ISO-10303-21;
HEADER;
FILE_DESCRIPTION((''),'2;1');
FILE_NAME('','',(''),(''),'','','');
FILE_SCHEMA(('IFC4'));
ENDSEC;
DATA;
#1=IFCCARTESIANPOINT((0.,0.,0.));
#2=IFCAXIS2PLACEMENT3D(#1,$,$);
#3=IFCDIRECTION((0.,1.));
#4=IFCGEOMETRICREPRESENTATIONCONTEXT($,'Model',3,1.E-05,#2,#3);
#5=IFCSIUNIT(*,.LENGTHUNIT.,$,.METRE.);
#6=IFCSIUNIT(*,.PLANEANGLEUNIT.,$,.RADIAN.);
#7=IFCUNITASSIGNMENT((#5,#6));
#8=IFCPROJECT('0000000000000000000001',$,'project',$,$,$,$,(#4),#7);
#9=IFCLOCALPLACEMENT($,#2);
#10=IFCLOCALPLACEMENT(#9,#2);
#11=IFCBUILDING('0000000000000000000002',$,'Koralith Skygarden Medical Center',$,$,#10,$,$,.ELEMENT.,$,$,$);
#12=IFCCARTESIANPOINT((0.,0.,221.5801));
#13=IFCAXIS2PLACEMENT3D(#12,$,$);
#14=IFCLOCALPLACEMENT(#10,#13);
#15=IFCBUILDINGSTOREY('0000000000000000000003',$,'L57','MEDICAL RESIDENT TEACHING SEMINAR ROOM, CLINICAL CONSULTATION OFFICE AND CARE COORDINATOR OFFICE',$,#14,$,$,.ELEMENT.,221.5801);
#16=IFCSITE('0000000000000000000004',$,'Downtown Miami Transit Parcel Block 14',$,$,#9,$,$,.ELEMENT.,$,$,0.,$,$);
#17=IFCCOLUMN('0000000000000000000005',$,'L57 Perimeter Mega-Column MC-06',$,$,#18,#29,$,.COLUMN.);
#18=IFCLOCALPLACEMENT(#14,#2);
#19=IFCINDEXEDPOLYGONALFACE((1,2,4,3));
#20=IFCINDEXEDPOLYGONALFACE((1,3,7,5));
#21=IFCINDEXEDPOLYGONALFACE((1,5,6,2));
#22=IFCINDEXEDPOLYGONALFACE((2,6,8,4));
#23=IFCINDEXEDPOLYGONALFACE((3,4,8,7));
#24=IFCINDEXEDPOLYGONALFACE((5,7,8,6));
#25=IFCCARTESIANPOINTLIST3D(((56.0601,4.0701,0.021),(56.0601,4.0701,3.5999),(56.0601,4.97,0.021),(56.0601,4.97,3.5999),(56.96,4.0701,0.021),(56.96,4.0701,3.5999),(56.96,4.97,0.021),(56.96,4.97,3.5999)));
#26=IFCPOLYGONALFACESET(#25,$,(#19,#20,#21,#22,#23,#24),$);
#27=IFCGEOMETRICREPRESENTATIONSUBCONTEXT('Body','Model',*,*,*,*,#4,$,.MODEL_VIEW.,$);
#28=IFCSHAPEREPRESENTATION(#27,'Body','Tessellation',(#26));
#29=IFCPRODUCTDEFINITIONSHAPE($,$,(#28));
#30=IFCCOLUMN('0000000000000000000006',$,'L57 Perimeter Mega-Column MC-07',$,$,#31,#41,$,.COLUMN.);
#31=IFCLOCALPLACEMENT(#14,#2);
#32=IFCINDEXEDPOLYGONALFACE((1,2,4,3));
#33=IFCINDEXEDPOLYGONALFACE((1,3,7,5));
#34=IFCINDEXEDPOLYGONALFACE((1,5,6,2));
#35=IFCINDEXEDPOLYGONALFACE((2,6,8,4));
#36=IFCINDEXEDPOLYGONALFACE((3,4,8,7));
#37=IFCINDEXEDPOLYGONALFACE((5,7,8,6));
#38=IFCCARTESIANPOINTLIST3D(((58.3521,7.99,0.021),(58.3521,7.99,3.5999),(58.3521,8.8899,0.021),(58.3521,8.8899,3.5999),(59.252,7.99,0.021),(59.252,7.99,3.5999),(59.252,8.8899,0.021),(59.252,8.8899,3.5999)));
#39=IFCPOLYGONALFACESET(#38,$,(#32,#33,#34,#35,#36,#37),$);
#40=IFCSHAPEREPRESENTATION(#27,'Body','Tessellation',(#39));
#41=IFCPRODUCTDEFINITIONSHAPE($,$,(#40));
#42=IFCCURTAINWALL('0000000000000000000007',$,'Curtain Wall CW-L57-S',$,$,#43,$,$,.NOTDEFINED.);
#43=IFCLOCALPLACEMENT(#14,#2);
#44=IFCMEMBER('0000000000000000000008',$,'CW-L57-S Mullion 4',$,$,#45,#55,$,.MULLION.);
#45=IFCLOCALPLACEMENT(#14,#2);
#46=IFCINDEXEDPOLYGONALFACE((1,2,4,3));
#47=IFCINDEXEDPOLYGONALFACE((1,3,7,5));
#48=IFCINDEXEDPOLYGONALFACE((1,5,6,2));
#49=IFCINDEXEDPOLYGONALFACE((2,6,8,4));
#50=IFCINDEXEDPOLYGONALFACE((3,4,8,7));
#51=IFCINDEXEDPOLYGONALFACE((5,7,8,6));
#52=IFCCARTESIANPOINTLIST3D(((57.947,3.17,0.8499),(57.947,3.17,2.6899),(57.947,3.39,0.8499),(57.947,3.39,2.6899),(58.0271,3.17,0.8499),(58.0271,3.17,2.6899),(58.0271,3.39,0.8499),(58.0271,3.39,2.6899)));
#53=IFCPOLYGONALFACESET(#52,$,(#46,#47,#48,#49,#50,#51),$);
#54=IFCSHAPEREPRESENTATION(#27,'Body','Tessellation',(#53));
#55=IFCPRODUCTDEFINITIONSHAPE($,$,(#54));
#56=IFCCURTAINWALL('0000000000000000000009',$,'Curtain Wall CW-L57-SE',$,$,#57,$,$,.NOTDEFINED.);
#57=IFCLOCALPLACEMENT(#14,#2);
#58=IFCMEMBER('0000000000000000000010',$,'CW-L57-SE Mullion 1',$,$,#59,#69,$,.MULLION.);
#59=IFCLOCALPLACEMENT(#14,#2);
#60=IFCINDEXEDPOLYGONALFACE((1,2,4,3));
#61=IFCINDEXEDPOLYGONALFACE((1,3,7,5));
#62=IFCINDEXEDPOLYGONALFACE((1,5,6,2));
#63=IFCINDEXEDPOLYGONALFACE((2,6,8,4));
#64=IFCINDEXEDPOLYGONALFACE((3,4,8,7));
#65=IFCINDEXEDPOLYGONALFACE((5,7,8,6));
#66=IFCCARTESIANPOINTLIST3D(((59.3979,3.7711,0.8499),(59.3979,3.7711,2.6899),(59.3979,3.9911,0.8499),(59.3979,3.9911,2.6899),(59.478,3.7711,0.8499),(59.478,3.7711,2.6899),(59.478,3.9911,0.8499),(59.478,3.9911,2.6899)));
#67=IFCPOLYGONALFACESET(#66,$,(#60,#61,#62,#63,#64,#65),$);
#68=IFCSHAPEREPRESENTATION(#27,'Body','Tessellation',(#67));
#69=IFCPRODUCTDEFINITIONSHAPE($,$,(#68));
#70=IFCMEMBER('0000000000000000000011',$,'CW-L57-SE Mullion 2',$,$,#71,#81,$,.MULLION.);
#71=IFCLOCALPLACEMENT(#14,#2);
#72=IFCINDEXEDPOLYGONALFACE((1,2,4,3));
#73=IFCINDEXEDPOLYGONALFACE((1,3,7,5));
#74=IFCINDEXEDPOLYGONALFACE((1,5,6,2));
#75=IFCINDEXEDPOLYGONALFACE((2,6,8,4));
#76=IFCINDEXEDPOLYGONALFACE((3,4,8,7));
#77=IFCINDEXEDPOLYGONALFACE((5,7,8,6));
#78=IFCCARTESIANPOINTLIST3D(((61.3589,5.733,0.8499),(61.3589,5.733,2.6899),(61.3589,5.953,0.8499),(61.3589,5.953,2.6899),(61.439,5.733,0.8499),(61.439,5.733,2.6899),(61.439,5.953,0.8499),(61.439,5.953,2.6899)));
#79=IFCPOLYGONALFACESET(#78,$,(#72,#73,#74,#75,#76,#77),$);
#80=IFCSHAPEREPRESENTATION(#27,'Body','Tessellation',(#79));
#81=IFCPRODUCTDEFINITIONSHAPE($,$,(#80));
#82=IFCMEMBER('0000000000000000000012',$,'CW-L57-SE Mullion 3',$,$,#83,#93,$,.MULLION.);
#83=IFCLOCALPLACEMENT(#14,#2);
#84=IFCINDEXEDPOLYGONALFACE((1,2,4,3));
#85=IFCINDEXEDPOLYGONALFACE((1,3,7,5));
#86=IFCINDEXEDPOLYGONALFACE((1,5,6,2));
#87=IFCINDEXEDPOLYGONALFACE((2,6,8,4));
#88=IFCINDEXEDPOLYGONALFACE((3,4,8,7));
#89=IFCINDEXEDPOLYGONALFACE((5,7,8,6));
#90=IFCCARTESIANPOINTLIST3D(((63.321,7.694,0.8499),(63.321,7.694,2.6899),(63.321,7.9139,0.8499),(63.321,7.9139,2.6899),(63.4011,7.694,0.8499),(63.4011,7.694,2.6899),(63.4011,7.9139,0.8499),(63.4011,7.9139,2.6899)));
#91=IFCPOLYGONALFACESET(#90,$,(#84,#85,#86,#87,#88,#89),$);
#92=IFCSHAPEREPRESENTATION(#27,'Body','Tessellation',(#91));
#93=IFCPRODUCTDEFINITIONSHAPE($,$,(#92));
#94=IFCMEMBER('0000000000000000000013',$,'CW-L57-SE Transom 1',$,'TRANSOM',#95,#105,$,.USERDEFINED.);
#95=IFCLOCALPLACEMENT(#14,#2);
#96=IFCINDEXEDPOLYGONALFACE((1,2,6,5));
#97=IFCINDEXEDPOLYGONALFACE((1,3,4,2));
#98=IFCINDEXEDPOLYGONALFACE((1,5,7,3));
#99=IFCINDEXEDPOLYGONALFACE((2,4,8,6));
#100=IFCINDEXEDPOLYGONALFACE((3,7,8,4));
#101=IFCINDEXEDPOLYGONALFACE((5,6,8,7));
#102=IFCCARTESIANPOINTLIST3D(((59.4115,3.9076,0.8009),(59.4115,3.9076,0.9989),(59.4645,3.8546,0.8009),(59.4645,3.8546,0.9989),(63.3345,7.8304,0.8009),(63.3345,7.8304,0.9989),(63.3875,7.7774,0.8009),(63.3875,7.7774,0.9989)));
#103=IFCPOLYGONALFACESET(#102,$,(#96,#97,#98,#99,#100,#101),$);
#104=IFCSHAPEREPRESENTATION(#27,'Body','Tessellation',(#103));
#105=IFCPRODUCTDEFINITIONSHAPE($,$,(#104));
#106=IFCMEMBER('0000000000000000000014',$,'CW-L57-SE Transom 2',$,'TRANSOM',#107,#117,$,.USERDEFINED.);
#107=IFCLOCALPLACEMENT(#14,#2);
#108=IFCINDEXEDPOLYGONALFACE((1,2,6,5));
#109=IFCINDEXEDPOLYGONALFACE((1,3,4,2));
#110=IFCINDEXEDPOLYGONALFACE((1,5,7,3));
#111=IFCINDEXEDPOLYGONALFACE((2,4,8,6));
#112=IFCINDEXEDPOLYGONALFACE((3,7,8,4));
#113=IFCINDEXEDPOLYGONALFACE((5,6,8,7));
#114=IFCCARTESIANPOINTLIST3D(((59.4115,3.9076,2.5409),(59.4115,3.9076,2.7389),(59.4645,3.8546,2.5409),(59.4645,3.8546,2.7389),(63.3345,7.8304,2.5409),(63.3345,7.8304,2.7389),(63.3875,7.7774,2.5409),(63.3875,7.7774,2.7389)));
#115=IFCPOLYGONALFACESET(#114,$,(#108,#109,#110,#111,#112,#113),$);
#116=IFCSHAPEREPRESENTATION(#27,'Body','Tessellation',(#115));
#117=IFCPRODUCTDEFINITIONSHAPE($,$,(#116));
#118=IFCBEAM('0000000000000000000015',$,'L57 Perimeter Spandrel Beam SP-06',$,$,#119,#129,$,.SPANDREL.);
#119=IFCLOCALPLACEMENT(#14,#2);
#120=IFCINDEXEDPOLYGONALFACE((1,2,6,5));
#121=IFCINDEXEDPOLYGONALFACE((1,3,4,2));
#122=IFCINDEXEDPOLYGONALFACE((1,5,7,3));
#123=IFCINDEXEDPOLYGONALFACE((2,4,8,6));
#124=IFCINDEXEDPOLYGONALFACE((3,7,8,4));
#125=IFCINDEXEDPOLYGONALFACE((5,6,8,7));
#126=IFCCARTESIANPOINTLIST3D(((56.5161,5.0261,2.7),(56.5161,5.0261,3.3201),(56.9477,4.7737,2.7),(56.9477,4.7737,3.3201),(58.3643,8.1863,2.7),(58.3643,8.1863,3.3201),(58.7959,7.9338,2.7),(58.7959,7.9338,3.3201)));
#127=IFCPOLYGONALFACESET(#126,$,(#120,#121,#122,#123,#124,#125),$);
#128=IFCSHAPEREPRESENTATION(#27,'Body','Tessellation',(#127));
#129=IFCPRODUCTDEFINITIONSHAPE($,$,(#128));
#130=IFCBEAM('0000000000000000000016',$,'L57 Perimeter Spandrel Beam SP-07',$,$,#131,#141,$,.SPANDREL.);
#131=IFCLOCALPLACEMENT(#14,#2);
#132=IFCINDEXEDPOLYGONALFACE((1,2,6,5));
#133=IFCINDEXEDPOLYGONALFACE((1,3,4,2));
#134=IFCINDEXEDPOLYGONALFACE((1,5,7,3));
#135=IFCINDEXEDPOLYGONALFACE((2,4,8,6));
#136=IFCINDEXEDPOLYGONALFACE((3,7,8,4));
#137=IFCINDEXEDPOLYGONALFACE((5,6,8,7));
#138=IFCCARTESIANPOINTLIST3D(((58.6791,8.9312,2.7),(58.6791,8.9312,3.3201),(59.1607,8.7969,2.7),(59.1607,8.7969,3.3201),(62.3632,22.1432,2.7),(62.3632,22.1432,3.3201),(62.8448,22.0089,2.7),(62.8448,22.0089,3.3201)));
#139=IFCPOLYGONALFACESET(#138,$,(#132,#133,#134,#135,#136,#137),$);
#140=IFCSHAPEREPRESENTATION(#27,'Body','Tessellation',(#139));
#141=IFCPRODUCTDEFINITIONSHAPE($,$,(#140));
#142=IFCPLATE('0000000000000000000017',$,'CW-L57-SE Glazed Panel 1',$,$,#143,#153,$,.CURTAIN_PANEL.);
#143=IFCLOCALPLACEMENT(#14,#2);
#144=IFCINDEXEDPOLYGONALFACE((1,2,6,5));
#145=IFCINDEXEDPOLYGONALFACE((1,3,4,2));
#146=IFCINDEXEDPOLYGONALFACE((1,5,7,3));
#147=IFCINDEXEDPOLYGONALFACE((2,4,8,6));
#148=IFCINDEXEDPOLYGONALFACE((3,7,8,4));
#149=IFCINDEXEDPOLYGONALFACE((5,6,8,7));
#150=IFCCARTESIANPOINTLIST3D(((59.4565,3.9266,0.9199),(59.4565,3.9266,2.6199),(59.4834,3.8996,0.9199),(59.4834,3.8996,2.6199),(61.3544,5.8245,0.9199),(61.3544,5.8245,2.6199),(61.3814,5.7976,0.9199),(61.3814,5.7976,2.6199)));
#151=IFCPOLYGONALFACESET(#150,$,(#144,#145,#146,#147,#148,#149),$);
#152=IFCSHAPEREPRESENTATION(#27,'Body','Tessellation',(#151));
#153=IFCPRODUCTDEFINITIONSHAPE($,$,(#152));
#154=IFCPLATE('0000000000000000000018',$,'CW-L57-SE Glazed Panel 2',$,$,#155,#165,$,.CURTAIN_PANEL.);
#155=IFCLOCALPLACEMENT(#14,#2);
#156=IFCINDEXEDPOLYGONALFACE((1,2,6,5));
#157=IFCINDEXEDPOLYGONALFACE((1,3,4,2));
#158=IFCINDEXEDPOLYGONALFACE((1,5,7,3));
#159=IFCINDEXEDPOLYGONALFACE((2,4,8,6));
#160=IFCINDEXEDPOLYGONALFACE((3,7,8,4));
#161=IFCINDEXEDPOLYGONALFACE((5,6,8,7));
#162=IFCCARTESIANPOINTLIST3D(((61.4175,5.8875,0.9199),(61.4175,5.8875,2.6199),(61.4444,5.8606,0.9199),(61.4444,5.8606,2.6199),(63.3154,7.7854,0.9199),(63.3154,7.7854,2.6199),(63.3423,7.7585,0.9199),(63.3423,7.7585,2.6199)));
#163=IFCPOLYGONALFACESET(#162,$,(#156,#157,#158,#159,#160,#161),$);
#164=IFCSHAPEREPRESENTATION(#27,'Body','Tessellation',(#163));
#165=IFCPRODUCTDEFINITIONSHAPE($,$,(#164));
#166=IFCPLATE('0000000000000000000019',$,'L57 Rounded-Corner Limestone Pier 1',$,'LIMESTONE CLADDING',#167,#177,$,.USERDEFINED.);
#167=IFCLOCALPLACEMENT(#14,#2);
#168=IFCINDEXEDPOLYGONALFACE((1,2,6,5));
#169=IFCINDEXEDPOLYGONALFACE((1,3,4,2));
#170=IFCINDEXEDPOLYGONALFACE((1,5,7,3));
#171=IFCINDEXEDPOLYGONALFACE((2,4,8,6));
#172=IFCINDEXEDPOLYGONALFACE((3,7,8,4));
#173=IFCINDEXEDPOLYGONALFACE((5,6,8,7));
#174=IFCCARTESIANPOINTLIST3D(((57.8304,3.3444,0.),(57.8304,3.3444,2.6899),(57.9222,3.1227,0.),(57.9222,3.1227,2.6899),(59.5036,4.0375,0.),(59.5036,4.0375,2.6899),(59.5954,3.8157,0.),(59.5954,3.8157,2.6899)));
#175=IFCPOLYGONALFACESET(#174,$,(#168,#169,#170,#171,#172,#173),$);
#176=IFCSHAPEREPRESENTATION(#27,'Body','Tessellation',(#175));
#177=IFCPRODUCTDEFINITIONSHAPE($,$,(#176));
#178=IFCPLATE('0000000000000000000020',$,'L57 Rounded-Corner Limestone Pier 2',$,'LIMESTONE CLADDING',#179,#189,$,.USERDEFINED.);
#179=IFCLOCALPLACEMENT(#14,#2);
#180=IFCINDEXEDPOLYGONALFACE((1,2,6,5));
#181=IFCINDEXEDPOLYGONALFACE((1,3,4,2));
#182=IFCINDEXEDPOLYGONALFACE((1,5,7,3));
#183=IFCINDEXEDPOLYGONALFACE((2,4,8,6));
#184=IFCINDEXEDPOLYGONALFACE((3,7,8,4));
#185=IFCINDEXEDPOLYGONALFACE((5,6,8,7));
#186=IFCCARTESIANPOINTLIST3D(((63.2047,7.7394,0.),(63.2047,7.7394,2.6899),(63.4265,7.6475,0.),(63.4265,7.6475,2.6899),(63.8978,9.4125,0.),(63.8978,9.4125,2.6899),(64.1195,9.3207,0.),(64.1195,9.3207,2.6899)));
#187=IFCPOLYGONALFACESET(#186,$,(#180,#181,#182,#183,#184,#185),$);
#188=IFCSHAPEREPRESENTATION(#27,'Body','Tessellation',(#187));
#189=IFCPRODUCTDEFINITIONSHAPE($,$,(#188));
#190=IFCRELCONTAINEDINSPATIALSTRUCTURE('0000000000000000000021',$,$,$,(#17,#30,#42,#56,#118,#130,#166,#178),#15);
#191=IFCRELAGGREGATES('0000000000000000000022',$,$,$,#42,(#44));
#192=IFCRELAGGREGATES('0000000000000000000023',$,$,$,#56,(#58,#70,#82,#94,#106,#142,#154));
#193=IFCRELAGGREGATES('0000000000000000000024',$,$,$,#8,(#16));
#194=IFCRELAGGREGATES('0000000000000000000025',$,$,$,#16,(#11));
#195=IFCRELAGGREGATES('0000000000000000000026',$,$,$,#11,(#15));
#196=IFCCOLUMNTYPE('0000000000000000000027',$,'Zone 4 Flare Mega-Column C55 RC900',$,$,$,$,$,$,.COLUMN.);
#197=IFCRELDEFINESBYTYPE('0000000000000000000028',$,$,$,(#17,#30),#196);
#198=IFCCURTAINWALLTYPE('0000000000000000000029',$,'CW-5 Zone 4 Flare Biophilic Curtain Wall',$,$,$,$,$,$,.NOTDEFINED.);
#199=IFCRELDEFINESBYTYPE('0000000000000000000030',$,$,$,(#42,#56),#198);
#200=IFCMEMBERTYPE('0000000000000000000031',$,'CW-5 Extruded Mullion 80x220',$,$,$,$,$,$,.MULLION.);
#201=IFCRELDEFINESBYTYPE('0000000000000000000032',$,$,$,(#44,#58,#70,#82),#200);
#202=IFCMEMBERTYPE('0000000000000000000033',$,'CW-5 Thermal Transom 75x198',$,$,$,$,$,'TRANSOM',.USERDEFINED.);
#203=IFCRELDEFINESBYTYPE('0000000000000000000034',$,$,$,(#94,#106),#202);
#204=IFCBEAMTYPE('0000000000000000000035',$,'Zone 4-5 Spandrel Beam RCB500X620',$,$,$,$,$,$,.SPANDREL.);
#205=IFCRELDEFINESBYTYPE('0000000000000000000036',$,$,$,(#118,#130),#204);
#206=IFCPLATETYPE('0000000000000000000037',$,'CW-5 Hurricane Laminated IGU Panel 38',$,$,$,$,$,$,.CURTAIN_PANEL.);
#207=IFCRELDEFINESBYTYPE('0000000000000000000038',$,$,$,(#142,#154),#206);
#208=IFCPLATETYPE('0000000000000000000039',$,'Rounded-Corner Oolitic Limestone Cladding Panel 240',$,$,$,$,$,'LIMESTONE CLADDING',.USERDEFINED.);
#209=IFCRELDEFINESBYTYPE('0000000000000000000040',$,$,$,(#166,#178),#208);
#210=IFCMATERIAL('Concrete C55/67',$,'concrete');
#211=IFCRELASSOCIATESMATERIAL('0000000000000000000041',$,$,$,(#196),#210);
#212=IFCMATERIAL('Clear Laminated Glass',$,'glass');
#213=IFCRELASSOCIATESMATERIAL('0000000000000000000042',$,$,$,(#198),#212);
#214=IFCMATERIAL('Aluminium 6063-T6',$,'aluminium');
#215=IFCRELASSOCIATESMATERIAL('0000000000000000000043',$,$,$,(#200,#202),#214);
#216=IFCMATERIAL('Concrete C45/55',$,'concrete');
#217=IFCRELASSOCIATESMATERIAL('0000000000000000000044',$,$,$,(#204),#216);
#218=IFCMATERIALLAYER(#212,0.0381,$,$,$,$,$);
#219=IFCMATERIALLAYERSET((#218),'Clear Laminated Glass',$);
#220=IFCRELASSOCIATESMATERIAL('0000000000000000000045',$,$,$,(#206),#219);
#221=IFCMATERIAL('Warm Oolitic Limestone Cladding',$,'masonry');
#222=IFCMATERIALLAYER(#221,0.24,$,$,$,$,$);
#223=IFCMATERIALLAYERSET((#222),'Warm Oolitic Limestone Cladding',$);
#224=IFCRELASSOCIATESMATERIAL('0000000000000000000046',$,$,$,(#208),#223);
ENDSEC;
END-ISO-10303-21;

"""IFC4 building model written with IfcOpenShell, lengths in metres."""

from ifc_helpers import new_model, si_unit, direction, frame, origin, origin_2d, place, context, subcontext, project, spatial, rectangle, extrude, material, layer, layer_set, material_profile, profile_set, type_object, element, aggregate, save


model = new_model("IFC4")

# Units and contexts
model_context = context("Model", 3, precision=1e-05, world=origin(), true_north=direction((0.0, 1.0)))
body_context = subcontext(model_context, "Body", "Model", "MODEL_VIEW")
ifc_project = project(units=[si_unit("LENGTHUNIT", "METRE"), si_unit("PLANEANGLEUNIT", "RADIAN")], contexts=[model_context])

# Site, building, storey
site_placement = place(None, origin())
site = spatial("IfcSite", under=ifc_project, at=site_placement, Name="Downtown Miami Transit Parcel Block 14", CompositionType="ELEMENT", RefElevation=0.0)
building_placement = place(site_placement, origin())
building = spatial("IfcBuilding", under=site, at=building_placement, Name="Koralith Skygarden Medical Center", CompositionType="ELEMENT")
storey_placement = place(building_placement, frame((0.0, 0.0, 221.5801)))
storey = spatial("IfcBuildingStorey", under=building, at=storey_placement, Name="L57", Description="MEDICAL RESIDENT TEACHING SEMINAR ROOM, CLINICAL CONSULTATION OFFICE AND CARE COORDINATOR OFFICE", CompositionType="ELEMENT", Elevation=221.5801)

# Columns
ifc_material_1 = material(Name="Concrete C55/67", Category="concrete")
ifc_material_profile_1 = material_profile(ifc_material_1, rectangle(XDim=0.8999, YDim=0.8999, at=origin_2d()), Name="RC900X900")
ifc_profile_set_1 = profile_set([ifc_material_profile_1], Name="Concrete C55/67")
column_type = type_object("IfcColumnType", Name="Zone 4 Flare Mega-Column C55 RC900", PredefinedType="COLUMN", material=ifc_profile_set_1)
for number, where, z_axis, x_axis, name in (
    (1, (56.51, 4.52, 0.021), (0.0, 0.0, 1.0), (1.0, 0.0, 0.0), "L57 Perimeter Mega-Column MC-06"),
    (2, (58.802, 8.4399, 0.021), (0.0, 0.0, 1.0), (1.0, 0.0, 0.0), "L57 Perimeter Mega-Column MC-07"),
):
    element("IfcColumn", number, at=place(storey_placement, frame(where, z_axis=z_axis, x_axis=x_axis)), inside=storey, type_object=column_type, Name=name, PredefinedType="COLUMN", context=body_context, shape_type="SweptSolid", body=[
        extrude(rectangle(XDim=0.8999, YDim=0.8999, at=origin_2d()), origin(), (0.0, 0.0, 1.0), 3.5789),
    ])

# Curtain wall, member
ifc_material_2 = material(Name="Clear Laminated Glass", Category="glass")
curtain_wall_type = type_object("IfcCurtainWallType", Name="CW-5 Zone 4 Flare Biophilic Curtain Wall", PredefinedType="NOTDEFINED", material=ifc_material_2)
curtain_wall_1_placement = place(storey_placement, origin())
curtain_wall_1 = element("IfcCurtainWall", 3, at=curtain_wall_1_placement, inside=storey, type_object=curtain_wall_type, Name="Curtain Wall CW-L57-S", PredefinedType="NOTDEFINED")
ifc_material_3 = material(Name="Aluminium 6063-T6", Category="aluminium")
ifc_material_profile_2 = material_profile(ifc_material_3, rectangle(XDim=0.0801, YDim=0.22, at=origin_2d()), Name="MUL80X220")
ifc_profile_set_2 = profile_set([ifc_material_profile_2], Name="Aluminium 6063-T6")
member_type_1 = type_object("IfcMemberType", Name="CW-5 Extruded Mullion 80x220", PredefinedType="MULLION", material=ifc_profile_set_2)
member_1_placement = place(storey_placement, frame((57.9871, 3.28, 0.8499), z_axis=(0.0, 0.0, 1.0), x_axis=(1.0, 0.0, 0.0)))
member_1 = element("IfcMember", 4, at=member_1_placement, type_object=member_type_1, Name="CW-L57-S Mullion 4", PredefinedType="MULLION", context=body_context, shape_type="SweptSolid", body=[
    extrude(rectangle(XDim=0.0801, YDim=0.22, at=origin_2d()), origin(), (0.0, 0.0, 1.0), 1.8401),
])
aggregate(curtain_wall_1, [member_1])

# Curtain wall, members
curtain_wall_2_placement = place(storey_placement, origin())
curtain_wall_2 = element("IfcCurtainWall", 5, at=curtain_wall_2_placement, inside=storey, type_object=curtain_wall_type, Name="Curtain Wall CW-L57-SE", PredefinedType="NOTDEFINED")
member_2_placement = place(storey_placement, frame((59.438, 3.8811, 0.8499), z_axis=(0.0, 0.0, 1.0), x_axis=(1.0, 0.0, 0.0)))
member_2 = element("IfcMember", 6, at=member_2_placement, type_object=member_type_1, Name="CW-L57-SE Mullion 1", PredefinedType="MULLION", context=body_context, shape_type="SweptSolid", body=[
    extrude(rectangle(XDim=0.0801, YDim=0.22, at=origin_2d()), origin(), (0.0, 0.0, 1.0), 1.8401),
])
member_3_placement = place(storey_placement, frame((61.3989, 5.843, 0.8499), z_axis=(0.0, 0.0, 1.0), x_axis=(1.0, 0.0, 0.0)))
member_3 = element("IfcMember", 7, at=member_3_placement, type_object=member_type_1, Name="CW-L57-SE Mullion 2", PredefinedType="MULLION", context=body_context, shape_type="SweptSolid", body=[
    extrude(rectangle(XDim=0.0801, YDim=0.22, at=origin_2d()), origin(), (0.0, 0.0, 1.0), 1.8401),
])
member_4_placement = place(storey_placement, frame((63.3611, 7.804, 0.8499), z_axis=(0.0, 0.0, 1.0), x_axis=(1.0, 0.0, 0.0)))
member_4 = element("IfcMember", 8, at=member_4_placement, type_object=member_type_1, Name="CW-L57-SE Mullion 3", PredefinedType="MULLION", context=body_context, shape_type="SweptSolid", body=[
    extrude(rectangle(XDim=0.0801, YDim=0.22, at=origin_2d()), origin(), (0.0, 0.0, 1.0), 1.8401),
])
ifc_material_profile_3 = material_profile(ifc_material_3, rectangle(XDim=0.075, YDim=0.198, at=origin_2d()), Name="TRN75X198")
ifc_profile_set_3 = profile_set([ifc_material_profile_3], Name="Aluminium 6063-T6")
member_type_2 = type_object("IfcMemberType", Name="CW-5 Thermal Transom 75x198", ElementType="TRANSOM", PredefinedType="USERDEFINED", material=ifc_profile_set_3)
member_5_placement = place(storey_placement, frame((59.438, 3.8811, 0.8999), z_axis=(0.707129, 0.707085, 0.0), x_axis=(-0.707085, 0.707129, 0.0)))
member_5 = element("IfcMember", 9, at=member_5_placement, type_object=member_type_2, Name="CW-L57-SE Transom 1", ObjectType="TRANSOM", PredefinedType="USERDEFINED", context=body_context, shape_type="SweptSolid", body=[
    extrude(rectangle(XDim=0.075, YDim=0.198, at=origin_2d()), origin(), (0.0, 0.0, 1.0), 5.5479),
])
member_6_placement = place(storey_placement, frame((59.438, 3.8811, 2.6399), z_axis=(0.707129, 0.707085, 0.0), x_axis=(-0.707085, 0.707129, 0.0)))
member_6 = element("IfcMember", 10, at=member_6_placement, type_object=member_type_2, Name="CW-L57-SE Transom 2", ObjectType="TRANSOM", PredefinedType="USERDEFINED", context=body_context, shape_type="SweptSolid", body=[
    extrude(rectangle(XDim=0.075, YDim=0.198, at=origin_2d()), origin(), (0.0, 0.0, 1.0), 5.5479),
])

# Beams
ifc_material_4 = material(Name="Concrete C45/55", Category="concrete")
ifc_material_profile_4 = material_profile(ifc_material_4, rectangle(XDim=0.5, YDim=0.6201, at=origin_2d()), Name="RCB500X620")
ifc_profile_set_4 = profile_set([ifc_material_profile_4], Name="Concrete C45/55")
beam_type = type_object("IfcBeamType", Name="Zone 4-5 Spandrel Beam RCB500X620", PredefinedType="SPANDREL", material=ifc_profile_set_4)
beam_1_placement = place(storey_placement, frame((56.7319, 4.8999, 3.01), z_axis=(0.504833, 0.863217, 0.0), x_axis=(-0.863217, 0.504833, 0.0)))
element("IfcBeam", 11, at=beam_1_placement, inside=storey, type_object=beam_type, Name="L57 Perimeter Spandrel Beam SP-06", PredefinedType="SPANDREL", context=body_context, shape_type="SweptSolid", body=[
    extrude(rectangle(XDim=0.5, YDim=0.6201, at=origin_2d()), origin(), (0.0, 0.0, 1.0), 3.6609),
])
beam_2_placement = place(storey_placement, frame((58.9199, 8.864, 3.01), z_axis=(0.268598, 0.963252, 0.0), x_axis=(-0.963252, 0.268598, 0.0)))
element("IfcBeam", 12, at=beam_2_placement, inside=storey, type_object=beam_type, Name="L57 Perimeter Spandrel Beam SP-07", PredefinedType="SPANDREL", context=body_context, shape_type="SweptSolid", body=[
    extrude(rectangle(XDim=0.5, YDim=0.6201, at=origin_2d()), origin(), (0.0, 0.0, 1.0), 13.7161),
])

# Plates
ifc_layer_1 = layer(ifc_material_2, 0.0381)
ifc_layer_set_1 = layer_set([ifc_layer_1], Name="Clear Laminated Glass")
plate_type_1 = type_object("IfcPlateType", Name="CW-5 Hurricane Laminated IGU Panel 38", PredefinedType="CURTAIN_PANEL", material=ifc_layer_set_1)
plate_1_placement = place(storey_placement, frame((60.4189, 4.8621, 0.9199), z_axis=(0.0, 0.0, 1.0), x_axis=(0.707107, 0.707107, 0.0)))
plate_1 = element("IfcPlate", 13, at=plate_1_placement, type_object=plate_type_1, Name="CW-L57-SE Glazed Panel 1", PredefinedType="CURTAIN_PANEL", context=body_context, shape_type="SweptSolid", body=[
    extrude(rectangle(XDim=2.6841, YDim=0.0381, at=origin_2d()), origin(), (0.0, 0.0, 1.0), 1.7),
])
plate_2_placement = place(storey_placement, frame((62.3799, 6.823, 0.9199), z_axis=(0.0, 0.0, 1.0), x_axis=(0.707107, 0.707107, 0.0)))
plate_2 = element("IfcPlate", 14, at=plate_2_placement, type_object=plate_type_1, Name="CW-L57-SE Glazed Panel 2", PredefinedType="CURTAIN_PANEL", context=body_context, shape_type="SweptSolid", body=[
    extrude(rectangle(XDim=2.6841, YDim=0.0381, at=origin_2d()), origin(), (0.0, 0.0, 1.0), 1.7),
])
aggregate(curtain_wall_2, [member_2, member_3, member_4, member_5, member_6, plate_1, plate_2])

# Plates
ifc_material_5 = material(Name="Warm Oolitic Limestone Cladding", Category="masonry")
ifc_layer_2 = layer(ifc_material_5, 0.24)
ifc_layer_set_2 = layer_set([ifc_layer_2], Name="Warm Oolitic Limestone Cladding")
plate_type_2 = type_object("IfcPlateType", Name="Rounded-Corner Oolitic Limestone Cladding Panel 240", ElementType="LIMESTONE CLADDING", PredefinedType="USERDEFINED", material=ifc_layer_set_2)
for number, where, z_axis, x_axis, name in (
    (15, (58.7129, 3.5801, 0.0), (0.0, 0.0, 1.0), (0.923885, 0.382671, 0.0), "L57 Rounded-Corner Limestone Pier 1"),
    (16, (63.6621, 8.53, 0.0), (0.0, 0.0, 1.0), (0.382671, 0.923885, 0.0), "L57 Rounded-Corner Limestone Pier 2"),
):
    element("IfcPlate", number, at=place(storey_placement, frame(where, z_axis=z_axis, x_axis=x_axis)), inside=storey, type_object=plate_type_2, Name=name, ObjectType="LIMESTONE CLADDING", PredefinedType="USERDEFINED", context=body_context, shape_type="SweptSolid", body=[
        extrude(rectangle(XDim=1.811, YDim=0.24, at=origin_2d()), origin(), (0.0, 0.0, 1.0), 2.6899),
    ])

save(model, "model.ifc")
